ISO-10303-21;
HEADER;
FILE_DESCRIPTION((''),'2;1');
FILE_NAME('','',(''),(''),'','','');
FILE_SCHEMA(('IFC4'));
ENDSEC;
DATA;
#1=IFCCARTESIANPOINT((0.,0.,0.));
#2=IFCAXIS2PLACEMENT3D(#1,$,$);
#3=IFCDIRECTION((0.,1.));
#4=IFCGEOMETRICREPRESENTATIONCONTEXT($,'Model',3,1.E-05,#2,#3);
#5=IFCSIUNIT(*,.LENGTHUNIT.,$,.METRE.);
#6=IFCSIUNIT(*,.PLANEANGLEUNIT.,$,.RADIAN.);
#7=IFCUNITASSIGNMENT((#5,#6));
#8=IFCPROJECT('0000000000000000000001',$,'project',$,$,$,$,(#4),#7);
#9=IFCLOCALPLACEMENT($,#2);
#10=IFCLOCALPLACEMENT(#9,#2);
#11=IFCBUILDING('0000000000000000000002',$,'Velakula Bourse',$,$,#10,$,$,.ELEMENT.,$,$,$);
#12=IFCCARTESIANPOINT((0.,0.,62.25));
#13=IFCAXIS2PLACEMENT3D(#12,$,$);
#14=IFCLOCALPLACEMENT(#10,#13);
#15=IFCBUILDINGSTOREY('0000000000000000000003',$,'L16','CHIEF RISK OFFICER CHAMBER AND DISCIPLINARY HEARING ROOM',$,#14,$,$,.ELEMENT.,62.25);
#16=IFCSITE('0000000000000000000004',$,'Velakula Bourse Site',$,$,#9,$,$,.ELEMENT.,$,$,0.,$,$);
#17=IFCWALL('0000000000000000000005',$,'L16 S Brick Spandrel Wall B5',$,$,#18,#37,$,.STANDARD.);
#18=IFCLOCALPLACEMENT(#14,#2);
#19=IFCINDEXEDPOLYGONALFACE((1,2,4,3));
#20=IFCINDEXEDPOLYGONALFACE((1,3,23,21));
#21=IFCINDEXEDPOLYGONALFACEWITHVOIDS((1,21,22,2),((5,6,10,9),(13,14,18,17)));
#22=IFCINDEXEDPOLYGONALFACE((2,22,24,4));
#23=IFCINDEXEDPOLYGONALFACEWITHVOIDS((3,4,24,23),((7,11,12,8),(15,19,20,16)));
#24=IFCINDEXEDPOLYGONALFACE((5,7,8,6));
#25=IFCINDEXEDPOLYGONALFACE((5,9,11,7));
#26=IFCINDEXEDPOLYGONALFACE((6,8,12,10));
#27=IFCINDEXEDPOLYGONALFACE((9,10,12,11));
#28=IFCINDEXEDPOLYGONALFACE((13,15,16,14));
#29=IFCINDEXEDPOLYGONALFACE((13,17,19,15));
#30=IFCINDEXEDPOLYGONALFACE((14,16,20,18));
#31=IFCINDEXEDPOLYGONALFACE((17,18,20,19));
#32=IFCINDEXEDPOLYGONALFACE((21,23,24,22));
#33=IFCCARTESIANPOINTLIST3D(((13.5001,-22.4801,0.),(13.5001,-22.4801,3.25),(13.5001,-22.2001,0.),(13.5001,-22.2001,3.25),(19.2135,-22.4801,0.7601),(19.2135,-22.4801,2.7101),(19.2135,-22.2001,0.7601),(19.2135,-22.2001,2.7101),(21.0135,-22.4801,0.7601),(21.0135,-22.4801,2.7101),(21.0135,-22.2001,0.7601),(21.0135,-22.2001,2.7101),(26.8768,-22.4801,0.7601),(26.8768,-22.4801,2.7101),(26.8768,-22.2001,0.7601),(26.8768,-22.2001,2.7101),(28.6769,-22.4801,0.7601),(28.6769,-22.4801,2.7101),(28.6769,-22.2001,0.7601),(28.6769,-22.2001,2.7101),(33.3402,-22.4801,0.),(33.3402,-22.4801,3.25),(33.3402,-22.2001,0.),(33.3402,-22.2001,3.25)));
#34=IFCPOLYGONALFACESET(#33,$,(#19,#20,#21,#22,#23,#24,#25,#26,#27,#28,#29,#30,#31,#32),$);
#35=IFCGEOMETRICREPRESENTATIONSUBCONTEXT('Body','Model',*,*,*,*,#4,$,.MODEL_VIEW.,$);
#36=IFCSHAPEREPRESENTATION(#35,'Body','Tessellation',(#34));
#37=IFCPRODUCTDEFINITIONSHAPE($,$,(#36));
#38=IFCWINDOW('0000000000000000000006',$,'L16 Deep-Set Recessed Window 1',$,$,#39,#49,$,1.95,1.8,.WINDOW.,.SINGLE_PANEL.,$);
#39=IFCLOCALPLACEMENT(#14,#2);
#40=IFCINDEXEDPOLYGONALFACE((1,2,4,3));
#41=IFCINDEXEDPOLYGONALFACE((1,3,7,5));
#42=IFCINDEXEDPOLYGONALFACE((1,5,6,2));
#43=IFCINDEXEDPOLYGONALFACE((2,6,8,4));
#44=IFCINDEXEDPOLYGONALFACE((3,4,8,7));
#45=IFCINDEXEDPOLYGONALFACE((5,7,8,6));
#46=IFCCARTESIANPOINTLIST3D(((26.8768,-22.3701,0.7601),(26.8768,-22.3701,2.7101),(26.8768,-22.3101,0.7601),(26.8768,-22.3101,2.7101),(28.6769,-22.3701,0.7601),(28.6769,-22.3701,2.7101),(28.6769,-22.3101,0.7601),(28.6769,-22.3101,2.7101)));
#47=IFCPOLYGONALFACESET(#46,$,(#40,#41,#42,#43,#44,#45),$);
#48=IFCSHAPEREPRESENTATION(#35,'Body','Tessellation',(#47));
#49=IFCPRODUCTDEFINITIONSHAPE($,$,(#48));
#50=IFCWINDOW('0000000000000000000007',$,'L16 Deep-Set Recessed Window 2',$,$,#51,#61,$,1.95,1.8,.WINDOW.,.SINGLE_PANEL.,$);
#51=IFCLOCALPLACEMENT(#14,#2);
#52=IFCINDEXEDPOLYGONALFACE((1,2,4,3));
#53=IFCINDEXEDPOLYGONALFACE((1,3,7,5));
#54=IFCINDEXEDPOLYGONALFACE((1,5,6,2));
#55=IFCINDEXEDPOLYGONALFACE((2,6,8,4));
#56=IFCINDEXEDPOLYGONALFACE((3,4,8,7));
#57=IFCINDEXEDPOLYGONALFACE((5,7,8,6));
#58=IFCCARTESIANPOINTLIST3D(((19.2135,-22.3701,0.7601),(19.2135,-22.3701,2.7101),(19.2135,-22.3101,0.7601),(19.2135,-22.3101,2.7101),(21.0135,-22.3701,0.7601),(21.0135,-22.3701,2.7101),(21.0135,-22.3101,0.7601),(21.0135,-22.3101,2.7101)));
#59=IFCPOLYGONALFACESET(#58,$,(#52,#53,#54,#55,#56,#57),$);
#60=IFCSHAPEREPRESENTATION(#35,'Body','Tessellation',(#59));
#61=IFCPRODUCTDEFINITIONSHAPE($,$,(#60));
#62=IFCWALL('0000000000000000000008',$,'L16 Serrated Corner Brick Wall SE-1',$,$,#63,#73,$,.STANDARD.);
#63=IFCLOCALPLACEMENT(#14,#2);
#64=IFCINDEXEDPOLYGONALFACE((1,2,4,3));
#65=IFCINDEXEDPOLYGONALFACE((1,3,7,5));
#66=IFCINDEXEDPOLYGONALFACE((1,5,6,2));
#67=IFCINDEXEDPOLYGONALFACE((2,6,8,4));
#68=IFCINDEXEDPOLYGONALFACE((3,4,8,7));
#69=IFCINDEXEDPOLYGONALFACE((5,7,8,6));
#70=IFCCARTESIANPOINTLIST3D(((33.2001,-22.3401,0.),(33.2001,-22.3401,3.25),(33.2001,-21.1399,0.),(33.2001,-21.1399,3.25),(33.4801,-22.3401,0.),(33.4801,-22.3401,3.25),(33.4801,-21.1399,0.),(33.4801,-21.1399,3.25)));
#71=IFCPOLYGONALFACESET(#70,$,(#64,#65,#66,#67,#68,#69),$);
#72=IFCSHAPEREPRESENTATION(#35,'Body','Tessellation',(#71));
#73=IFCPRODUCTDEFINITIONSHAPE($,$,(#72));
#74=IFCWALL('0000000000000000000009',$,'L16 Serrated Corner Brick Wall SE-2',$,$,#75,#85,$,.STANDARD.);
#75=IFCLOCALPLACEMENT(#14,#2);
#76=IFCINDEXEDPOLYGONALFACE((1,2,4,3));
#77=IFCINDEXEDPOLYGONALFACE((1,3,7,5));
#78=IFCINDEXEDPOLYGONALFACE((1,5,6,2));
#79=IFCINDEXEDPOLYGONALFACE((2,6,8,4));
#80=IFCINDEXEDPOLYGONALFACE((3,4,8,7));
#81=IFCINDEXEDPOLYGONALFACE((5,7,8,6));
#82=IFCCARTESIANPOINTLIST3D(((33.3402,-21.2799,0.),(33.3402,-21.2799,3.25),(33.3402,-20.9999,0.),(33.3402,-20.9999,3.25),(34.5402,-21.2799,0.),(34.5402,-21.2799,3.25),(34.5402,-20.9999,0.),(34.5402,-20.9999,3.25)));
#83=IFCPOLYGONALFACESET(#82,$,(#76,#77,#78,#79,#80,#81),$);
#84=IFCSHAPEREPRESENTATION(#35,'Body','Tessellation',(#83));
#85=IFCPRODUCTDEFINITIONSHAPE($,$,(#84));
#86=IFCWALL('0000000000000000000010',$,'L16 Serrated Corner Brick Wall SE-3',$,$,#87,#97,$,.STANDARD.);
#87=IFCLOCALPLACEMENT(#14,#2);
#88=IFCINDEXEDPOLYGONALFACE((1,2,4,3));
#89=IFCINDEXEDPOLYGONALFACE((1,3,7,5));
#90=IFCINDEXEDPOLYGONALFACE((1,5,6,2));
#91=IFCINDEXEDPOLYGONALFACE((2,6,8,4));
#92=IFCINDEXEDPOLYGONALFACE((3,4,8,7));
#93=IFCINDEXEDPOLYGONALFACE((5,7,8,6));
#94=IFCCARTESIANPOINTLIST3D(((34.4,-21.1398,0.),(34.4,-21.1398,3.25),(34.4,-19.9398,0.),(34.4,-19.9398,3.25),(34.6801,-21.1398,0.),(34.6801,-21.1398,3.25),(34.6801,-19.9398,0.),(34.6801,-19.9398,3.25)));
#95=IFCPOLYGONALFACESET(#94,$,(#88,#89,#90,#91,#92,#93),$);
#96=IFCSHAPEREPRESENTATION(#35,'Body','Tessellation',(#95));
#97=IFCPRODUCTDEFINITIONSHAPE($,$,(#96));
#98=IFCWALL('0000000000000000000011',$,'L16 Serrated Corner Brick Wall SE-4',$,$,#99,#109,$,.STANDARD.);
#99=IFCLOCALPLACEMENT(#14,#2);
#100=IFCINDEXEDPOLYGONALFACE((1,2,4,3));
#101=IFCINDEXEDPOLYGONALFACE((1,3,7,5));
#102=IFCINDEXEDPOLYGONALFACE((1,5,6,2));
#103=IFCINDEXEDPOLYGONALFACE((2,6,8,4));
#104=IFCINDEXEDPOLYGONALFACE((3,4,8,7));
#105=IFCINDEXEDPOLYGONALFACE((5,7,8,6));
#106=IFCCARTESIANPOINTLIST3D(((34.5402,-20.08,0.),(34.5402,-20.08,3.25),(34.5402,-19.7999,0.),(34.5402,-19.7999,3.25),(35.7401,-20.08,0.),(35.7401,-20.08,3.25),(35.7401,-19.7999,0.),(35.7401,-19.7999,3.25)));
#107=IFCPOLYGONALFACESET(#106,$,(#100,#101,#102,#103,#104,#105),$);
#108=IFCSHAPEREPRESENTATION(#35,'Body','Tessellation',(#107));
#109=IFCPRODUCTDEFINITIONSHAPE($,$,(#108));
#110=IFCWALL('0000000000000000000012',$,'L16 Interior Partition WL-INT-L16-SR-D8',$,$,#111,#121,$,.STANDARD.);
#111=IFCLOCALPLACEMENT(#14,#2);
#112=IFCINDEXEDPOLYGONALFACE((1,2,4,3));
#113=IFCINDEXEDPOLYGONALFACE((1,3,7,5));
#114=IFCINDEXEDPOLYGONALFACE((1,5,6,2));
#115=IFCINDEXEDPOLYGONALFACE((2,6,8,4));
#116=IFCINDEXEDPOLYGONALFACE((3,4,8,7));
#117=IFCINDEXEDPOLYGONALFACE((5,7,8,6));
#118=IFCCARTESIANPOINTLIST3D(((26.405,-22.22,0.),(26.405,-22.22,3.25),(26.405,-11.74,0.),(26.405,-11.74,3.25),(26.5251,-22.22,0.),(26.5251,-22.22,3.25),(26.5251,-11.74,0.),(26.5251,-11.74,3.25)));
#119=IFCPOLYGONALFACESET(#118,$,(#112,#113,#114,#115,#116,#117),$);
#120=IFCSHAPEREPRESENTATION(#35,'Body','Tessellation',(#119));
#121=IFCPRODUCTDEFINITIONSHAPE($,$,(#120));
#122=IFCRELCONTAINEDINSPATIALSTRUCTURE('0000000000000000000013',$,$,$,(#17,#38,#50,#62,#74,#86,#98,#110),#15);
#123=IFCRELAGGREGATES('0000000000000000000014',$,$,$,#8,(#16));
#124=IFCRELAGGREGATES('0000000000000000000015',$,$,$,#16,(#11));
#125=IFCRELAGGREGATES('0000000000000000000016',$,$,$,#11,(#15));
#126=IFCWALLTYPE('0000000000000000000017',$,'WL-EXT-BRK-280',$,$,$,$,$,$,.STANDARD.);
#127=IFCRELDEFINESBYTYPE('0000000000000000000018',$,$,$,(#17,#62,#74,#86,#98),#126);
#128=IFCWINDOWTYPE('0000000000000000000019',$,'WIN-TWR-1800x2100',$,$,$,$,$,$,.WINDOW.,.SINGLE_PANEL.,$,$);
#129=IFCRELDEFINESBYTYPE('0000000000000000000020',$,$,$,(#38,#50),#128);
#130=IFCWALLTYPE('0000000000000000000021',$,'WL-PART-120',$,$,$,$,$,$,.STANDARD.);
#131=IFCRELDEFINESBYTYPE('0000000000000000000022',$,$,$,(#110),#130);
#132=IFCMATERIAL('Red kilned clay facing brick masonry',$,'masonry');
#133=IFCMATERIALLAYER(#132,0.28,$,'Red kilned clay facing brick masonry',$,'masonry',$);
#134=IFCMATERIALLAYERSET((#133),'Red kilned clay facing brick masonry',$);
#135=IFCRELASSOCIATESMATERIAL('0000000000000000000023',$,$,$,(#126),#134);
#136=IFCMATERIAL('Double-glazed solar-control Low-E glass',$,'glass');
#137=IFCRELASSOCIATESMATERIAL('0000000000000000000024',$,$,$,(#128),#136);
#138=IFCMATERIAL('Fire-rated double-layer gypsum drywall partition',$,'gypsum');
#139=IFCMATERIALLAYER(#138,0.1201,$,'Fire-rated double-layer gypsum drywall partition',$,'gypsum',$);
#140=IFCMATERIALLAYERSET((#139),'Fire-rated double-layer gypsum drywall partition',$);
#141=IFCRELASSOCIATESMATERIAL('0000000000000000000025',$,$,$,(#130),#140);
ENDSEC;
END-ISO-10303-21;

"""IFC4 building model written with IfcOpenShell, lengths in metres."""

from ifc_helpers import new_model, si_unit, direction, frame, frame_2d, origin, place, context, subcontext, project, spatial, rectangle, extrude, material, layer, layer_set, type_object, element, fill, save


model = new_model("IFC4")

# Units and contexts
model_context = context("Model", 3, precision=1e-05, world=origin(), true_north=direction((0.0, 1.0)))
body_context = subcontext(model_context, "Body", "Model", "MODEL_VIEW")
ifc_project = project(units=[si_unit("LENGTHUNIT", "METRE"), si_unit("PLANEANGLEUNIT", "RADIAN")], contexts=[model_context])

# Site, building, storey
site_placement = place(None, origin())
site = spatial("IfcSite", under=ifc_project, at=site_placement, Name="Velakula Bourse Site", CompositionType="ELEMENT", RefElevation=0.0)
building_placement = place(site_placement, origin())
building = spatial("IfcBuilding", under=site, at=building_placement, Name="Velakula Bourse", CompositionType="ELEMENT")
storey_placement = place(building_placement, frame((0.0, 0.0, 62.25)))
storey = spatial("IfcBuildingStorey", under=building, at=storey_placement, Name="L16", Description="CHIEF RISK OFFICER CHAMBER AND DISCIPLINARY HEARING ROOM", CompositionType="ELEMENT", Elevation=62.25)

# Wall, openings, windows
ifc_material_1 = material(Name="Red kilned clay facing brick masonry", Category="masonry")
ifc_layer_1 = layer(ifc_material_1, 0.28, Name="Red kilned clay facing brick masonry", Category="masonry")
ifc_layer_set_1 = layer_set([ifc_layer_1], Name="Red kilned clay facing brick masonry")
wall_type_1 = type_object("IfcWallType", Name="WL-EXT-BRK-280", PredefinedType="STANDARD", material=ifc_layer_set_1)
wall_1_placement = place(storey_placement, frame((33.3401, -22.3401, 0.0), z_axis=(0.0, 0.0, 1.0), x_axis=(-1.0, 0.0, 0.0)))
wall_1 = element("IfcWall", 1, at=wall_1_placement, inside=storey, type_object=wall_type_1, Name="L16 S Brick Spandrel Wall B5", PredefinedType="STANDARD", context=body_context, shape_type="SweptSolid", body=[
    extrude(rectangle(XDim=19.8401, YDim=0.28, at=frame_2d((9.9199, 0.0))), origin(), (0.0, 0.0, 1.0), 3.25),
])
opening_1_placement = place(wall_1_placement, frame((4.6633, 0.0, 0.76)))
opening_1 = element("IfcOpeningElement", 2, at=opening_1_placement, cuts=wall_1, PredefinedType="OPENING", context=body_context, shape_type="SweptSolid", body=[
    extrude(rectangle(XDim=1.8, YDim=1.95, at=frame_2d((0.8999, 0.9751))), frame((0.0, 0.1499, 0.0), z_axis=(0.0, -1.0, 0.0), x_axis=(1.0, 0.0, 0.0)), (0.0, 0.0, 1.0), 0.3),
])
opening_2_placement = place(wall_1_placement, frame((12.3267, 0.0, 0.76)))
opening_2 = element("IfcOpeningElement", 3, at=opening_2_placement, cuts=wall_1, PredefinedType="OPENING", context=body_context, shape_type="SweptSolid", body=[
    extrude(rectangle(XDim=1.8, YDim=1.95, at=frame_2d((0.8999, 0.9751))), frame((0.0, 0.1499, 0.0), z_axis=(0.0, -1.0, 0.0), x_axis=(1.0, 0.0, 0.0)), (0.0, 0.0, 1.0), 0.3),
])
ifc_material_2 = material(Name="Double-glazed solar-control Low-E glass", Category="glass")
window_type = type_object("IfcWindowType", Name="WIN-TWR-1800x2100", PartitioningType="SINGLE_PANEL", PredefinedType="WINDOW", material=ifc_material_2)
window_1_placement = place(opening_1_placement, origin())
window_1 = element("IfcWindow", 4, at=window_1_placement, inside=storey, type_object=window_type, Name="L16 Deep-Set Recessed Window 1", OverallHeight=1.95, OverallWidth=1.8, PartitioningType="SINGLE_PANEL", PredefinedType="WINDOW", context=body_context, shape_type="SweptSolid", body=[
    extrude(rectangle(XDim=1.8, YDim=1.95, at=frame_2d((0.8999, 0.9751))), frame((0.0, 0.03, 0.0), z_axis=(0.0, -1.0, 0.0), x_axis=(1.0, 0.0, 0.0)), (0.0, 0.0, 1.0), 0.0601),
])
fill(opening_1, window_1)
window_2_placement = place(opening_2_placement, origin())
window_2 = element("IfcWindow", 5, at=window_2_placement, inside=storey, type_object=window_type, Name="L16 Deep-Set Recessed Window 2", OverallHeight=1.95, OverallWidth=1.8, PartitioningType="SINGLE_PANEL", PredefinedType="WINDOW", context=body_context, shape_type="SweptSolid", body=[
    extrude(rectangle(XDim=1.8, YDim=1.95, at=frame_2d((0.8999, 0.9751))), frame((0.0, 0.03, 0.0), z_axis=(0.0, -1.0, 0.0), x_axis=(1.0, 0.0, 0.0)), (0.0, 0.0, 1.0), 0.0601),
])
fill(opening_2, window_2)

# Walls
wall_2_placement = place(storey_placement, frame((33.3401, -22.3401, 0.0), z_axis=(0.0, 0.0, 1.0), x_axis=(0.0, 1.0, 0.0)))
element("IfcWall", 6, at=wall_2_placement, inside=storey, type_object=wall_type_1, Name="L16 Serrated Corner Brick Wall SE-1", PredefinedType="STANDARD", context=body_context, shape_type="SweptSolid", body=[
    extrude(rectangle(XDim=1.2002, YDim=0.28, at=frame_2d((0.6001, 0.0))), origin(), (0.0, 0.0, 1.0), 3.25),
])
for number, where, z_axis, x_axis, name in (
    (7, (33.3401, -21.1399, 0.0), (0.0, 0.0, 1.0), (1.0, 0.0, 0.0), "L16 Serrated Corner Brick Wall SE-2"),
    (8, (34.54, -21.1399, 0.0), (0.0, 0.0, 1.0), (0.0, 1.0, 0.0), "L16 Serrated Corner Brick Wall SE-3"),
    (9, (34.54, -19.9399, 0.0), (0.0, 0.0, 1.0), (1.0, 0.0, 0.0), "L16 Serrated Corner Brick Wall SE-4"),
):
    element("IfcWall", number, at=place(storey_placement, frame(where, z_axis=z_axis, x_axis=x_axis)), inside=storey, type_object=wall_type_1, Name=name, PredefinedType="STANDARD", context=body_context, shape_type="SweptSolid", body=[
        extrude(rectangle(XDim=1.2, YDim=0.28, at=frame_2d((0.6001, 0.0))), origin(), (0.0, 0.0, 1.0), 3.25),
    ])
ifc_material_3 = material(Name="Fire-rated double-layer gypsum drywall partition", Category="gypsum")
ifc_layer_2 = layer(ifc_material_3, 0.1201, Name="Fire-rated double-layer gypsum drywall partition", Category="gypsum")
ifc_layer_set_2 = layer_set([ifc_layer_2], Name="Fire-rated double-layer gypsum drywall partition")
wall_type_2 = type_object("IfcWallType", Name="WL-PART-120", PredefinedType="STANDARD", material=ifc_layer_set_2)
wall_3_placement = place(storey_placement, frame((26.4651, -22.22, 0.0), z_axis=(0.0, 0.0, 1.0), x_axis=(0.0, 1.0, 0.0)))
element("IfcWall", 10, at=wall_3_placement, inside=storey, type_object=wall_type_2, Name="L16 Interior Partition WL-INT-L16-SR-D8", PredefinedType="STANDARD", context=body_context, shape_type="SweptSolid", body=[
    extrude(rectangle(XDim=10.48, YDim=0.1201, at=frame_2d((5.24, 0.0))), origin(), (0.0, 0.0, 1.0), 3.25),
])

save(model, "model.ifc")
